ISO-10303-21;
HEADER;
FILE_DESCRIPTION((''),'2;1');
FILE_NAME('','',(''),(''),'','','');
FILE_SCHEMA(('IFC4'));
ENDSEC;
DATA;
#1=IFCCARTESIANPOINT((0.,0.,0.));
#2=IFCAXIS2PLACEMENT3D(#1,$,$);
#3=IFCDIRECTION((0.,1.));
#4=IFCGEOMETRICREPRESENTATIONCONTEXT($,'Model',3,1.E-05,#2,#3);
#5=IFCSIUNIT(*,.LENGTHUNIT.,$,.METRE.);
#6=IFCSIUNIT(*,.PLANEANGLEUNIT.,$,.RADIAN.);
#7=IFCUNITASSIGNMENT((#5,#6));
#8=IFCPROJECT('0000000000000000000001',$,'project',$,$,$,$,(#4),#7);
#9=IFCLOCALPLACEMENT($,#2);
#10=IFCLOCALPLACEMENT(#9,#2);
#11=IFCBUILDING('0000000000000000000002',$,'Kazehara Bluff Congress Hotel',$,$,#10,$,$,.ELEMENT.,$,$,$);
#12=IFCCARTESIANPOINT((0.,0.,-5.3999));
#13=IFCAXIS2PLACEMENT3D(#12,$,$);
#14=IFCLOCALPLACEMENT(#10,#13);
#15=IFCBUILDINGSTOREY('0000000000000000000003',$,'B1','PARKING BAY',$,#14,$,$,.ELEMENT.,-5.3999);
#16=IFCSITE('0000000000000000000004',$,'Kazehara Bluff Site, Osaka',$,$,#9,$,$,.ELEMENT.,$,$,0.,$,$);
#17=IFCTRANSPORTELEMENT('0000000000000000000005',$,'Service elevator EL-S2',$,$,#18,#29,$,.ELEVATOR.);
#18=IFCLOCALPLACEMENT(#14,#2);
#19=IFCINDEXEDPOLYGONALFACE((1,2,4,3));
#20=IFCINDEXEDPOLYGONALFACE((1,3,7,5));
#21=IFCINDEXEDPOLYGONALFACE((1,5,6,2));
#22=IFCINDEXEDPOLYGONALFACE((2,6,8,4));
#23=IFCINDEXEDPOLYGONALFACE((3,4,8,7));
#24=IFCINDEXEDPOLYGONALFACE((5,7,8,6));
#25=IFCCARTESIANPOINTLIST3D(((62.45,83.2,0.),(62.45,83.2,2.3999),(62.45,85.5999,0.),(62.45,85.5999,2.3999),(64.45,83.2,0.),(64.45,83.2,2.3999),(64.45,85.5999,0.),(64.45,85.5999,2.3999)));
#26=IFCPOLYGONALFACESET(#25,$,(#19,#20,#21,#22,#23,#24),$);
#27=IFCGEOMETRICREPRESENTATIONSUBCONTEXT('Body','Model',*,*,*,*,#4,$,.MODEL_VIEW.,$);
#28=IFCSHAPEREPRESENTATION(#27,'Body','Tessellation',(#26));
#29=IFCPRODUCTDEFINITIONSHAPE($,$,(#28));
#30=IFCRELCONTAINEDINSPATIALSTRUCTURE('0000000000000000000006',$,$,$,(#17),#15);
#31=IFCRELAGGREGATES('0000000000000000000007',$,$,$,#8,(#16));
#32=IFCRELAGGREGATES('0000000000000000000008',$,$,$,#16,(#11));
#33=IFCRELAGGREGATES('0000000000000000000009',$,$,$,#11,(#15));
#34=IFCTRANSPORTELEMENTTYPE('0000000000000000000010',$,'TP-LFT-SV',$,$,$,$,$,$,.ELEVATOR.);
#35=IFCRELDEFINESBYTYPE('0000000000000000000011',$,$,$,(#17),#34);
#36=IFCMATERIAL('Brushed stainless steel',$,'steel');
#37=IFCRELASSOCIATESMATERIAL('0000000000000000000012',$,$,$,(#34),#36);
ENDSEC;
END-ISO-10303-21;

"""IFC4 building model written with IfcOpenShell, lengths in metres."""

from ifc_helpers import new_model, si_unit, direction, frame, origin, origin_2d, place, context, subcontext, project, spatial, rectangle, extrude, material, type_object, element, save


model = new_model("IFC4")

# Units and contexts
model_context = context("Model", 3, precision=1e-05, world=origin(), true_north=direction((0.0, 1.0)))
body_context = subcontext(model_context, "Body", "Model", "MODEL_VIEW")
ifc_project = project(units=[si_unit("LENGTHUNIT", "METRE"), si_unit("PLANEANGLEUNIT", "RADIAN")], contexts=[model_context])

# Site, building, storey
site_placement = place(None, origin())
site = spatial("IfcSite", under=ifc_project, at=site_placement, Name="Kazehara Bluff Site, Osaka", CompositionType="ELEMENT", RefElevation=0.0)
building_placement = place(site_placement, origin())
building = spatial("IfcBuilding", under=site, at=building_placement, Name="Kazehara Bluff Congress Hotel", CompositionType="ELEMENT")
storey_placement = place(building_placement, frame((0.0, 0.0, -5.3999)))
storey = spatial("IfcBuildingStorey", under=building, at=storey_placement, Name="B1", Description="PARKING BAY", CompositionType="ELEMENT", Elevation=-5.3999)

# Transport element
ifc_material_1 = material(Name="Brushed stainless steel", Category="steel")
transport_element_type = type_object("IfcTransportElementType", Name="TP-LFT-SV", PredefinedType="ELEVATOR", material=ifc_material_1)
transport_element_placement = place(storey_placement, frame((63.45, 84.3999, 0.0), z_axis=(0.0, 0.0, 1.0), x_axis=(1.0, 0.0, 0.0)))
element("IfcTransportElement", 1, at=transport_element_placement, inside=storey, type_object=transport_element_type, Name="Service elevator EL-S2", PredefinedType="ELEVATOR", context=body_context, shape_type="SweptSolid", body=[
    extrude(rectangle(XDim=2.0, YDim=2.3999, at=origin_2d()), origin(), (0.0, 0.0, 1.0), 2.3999),
])

save(model, "model.ifc")
